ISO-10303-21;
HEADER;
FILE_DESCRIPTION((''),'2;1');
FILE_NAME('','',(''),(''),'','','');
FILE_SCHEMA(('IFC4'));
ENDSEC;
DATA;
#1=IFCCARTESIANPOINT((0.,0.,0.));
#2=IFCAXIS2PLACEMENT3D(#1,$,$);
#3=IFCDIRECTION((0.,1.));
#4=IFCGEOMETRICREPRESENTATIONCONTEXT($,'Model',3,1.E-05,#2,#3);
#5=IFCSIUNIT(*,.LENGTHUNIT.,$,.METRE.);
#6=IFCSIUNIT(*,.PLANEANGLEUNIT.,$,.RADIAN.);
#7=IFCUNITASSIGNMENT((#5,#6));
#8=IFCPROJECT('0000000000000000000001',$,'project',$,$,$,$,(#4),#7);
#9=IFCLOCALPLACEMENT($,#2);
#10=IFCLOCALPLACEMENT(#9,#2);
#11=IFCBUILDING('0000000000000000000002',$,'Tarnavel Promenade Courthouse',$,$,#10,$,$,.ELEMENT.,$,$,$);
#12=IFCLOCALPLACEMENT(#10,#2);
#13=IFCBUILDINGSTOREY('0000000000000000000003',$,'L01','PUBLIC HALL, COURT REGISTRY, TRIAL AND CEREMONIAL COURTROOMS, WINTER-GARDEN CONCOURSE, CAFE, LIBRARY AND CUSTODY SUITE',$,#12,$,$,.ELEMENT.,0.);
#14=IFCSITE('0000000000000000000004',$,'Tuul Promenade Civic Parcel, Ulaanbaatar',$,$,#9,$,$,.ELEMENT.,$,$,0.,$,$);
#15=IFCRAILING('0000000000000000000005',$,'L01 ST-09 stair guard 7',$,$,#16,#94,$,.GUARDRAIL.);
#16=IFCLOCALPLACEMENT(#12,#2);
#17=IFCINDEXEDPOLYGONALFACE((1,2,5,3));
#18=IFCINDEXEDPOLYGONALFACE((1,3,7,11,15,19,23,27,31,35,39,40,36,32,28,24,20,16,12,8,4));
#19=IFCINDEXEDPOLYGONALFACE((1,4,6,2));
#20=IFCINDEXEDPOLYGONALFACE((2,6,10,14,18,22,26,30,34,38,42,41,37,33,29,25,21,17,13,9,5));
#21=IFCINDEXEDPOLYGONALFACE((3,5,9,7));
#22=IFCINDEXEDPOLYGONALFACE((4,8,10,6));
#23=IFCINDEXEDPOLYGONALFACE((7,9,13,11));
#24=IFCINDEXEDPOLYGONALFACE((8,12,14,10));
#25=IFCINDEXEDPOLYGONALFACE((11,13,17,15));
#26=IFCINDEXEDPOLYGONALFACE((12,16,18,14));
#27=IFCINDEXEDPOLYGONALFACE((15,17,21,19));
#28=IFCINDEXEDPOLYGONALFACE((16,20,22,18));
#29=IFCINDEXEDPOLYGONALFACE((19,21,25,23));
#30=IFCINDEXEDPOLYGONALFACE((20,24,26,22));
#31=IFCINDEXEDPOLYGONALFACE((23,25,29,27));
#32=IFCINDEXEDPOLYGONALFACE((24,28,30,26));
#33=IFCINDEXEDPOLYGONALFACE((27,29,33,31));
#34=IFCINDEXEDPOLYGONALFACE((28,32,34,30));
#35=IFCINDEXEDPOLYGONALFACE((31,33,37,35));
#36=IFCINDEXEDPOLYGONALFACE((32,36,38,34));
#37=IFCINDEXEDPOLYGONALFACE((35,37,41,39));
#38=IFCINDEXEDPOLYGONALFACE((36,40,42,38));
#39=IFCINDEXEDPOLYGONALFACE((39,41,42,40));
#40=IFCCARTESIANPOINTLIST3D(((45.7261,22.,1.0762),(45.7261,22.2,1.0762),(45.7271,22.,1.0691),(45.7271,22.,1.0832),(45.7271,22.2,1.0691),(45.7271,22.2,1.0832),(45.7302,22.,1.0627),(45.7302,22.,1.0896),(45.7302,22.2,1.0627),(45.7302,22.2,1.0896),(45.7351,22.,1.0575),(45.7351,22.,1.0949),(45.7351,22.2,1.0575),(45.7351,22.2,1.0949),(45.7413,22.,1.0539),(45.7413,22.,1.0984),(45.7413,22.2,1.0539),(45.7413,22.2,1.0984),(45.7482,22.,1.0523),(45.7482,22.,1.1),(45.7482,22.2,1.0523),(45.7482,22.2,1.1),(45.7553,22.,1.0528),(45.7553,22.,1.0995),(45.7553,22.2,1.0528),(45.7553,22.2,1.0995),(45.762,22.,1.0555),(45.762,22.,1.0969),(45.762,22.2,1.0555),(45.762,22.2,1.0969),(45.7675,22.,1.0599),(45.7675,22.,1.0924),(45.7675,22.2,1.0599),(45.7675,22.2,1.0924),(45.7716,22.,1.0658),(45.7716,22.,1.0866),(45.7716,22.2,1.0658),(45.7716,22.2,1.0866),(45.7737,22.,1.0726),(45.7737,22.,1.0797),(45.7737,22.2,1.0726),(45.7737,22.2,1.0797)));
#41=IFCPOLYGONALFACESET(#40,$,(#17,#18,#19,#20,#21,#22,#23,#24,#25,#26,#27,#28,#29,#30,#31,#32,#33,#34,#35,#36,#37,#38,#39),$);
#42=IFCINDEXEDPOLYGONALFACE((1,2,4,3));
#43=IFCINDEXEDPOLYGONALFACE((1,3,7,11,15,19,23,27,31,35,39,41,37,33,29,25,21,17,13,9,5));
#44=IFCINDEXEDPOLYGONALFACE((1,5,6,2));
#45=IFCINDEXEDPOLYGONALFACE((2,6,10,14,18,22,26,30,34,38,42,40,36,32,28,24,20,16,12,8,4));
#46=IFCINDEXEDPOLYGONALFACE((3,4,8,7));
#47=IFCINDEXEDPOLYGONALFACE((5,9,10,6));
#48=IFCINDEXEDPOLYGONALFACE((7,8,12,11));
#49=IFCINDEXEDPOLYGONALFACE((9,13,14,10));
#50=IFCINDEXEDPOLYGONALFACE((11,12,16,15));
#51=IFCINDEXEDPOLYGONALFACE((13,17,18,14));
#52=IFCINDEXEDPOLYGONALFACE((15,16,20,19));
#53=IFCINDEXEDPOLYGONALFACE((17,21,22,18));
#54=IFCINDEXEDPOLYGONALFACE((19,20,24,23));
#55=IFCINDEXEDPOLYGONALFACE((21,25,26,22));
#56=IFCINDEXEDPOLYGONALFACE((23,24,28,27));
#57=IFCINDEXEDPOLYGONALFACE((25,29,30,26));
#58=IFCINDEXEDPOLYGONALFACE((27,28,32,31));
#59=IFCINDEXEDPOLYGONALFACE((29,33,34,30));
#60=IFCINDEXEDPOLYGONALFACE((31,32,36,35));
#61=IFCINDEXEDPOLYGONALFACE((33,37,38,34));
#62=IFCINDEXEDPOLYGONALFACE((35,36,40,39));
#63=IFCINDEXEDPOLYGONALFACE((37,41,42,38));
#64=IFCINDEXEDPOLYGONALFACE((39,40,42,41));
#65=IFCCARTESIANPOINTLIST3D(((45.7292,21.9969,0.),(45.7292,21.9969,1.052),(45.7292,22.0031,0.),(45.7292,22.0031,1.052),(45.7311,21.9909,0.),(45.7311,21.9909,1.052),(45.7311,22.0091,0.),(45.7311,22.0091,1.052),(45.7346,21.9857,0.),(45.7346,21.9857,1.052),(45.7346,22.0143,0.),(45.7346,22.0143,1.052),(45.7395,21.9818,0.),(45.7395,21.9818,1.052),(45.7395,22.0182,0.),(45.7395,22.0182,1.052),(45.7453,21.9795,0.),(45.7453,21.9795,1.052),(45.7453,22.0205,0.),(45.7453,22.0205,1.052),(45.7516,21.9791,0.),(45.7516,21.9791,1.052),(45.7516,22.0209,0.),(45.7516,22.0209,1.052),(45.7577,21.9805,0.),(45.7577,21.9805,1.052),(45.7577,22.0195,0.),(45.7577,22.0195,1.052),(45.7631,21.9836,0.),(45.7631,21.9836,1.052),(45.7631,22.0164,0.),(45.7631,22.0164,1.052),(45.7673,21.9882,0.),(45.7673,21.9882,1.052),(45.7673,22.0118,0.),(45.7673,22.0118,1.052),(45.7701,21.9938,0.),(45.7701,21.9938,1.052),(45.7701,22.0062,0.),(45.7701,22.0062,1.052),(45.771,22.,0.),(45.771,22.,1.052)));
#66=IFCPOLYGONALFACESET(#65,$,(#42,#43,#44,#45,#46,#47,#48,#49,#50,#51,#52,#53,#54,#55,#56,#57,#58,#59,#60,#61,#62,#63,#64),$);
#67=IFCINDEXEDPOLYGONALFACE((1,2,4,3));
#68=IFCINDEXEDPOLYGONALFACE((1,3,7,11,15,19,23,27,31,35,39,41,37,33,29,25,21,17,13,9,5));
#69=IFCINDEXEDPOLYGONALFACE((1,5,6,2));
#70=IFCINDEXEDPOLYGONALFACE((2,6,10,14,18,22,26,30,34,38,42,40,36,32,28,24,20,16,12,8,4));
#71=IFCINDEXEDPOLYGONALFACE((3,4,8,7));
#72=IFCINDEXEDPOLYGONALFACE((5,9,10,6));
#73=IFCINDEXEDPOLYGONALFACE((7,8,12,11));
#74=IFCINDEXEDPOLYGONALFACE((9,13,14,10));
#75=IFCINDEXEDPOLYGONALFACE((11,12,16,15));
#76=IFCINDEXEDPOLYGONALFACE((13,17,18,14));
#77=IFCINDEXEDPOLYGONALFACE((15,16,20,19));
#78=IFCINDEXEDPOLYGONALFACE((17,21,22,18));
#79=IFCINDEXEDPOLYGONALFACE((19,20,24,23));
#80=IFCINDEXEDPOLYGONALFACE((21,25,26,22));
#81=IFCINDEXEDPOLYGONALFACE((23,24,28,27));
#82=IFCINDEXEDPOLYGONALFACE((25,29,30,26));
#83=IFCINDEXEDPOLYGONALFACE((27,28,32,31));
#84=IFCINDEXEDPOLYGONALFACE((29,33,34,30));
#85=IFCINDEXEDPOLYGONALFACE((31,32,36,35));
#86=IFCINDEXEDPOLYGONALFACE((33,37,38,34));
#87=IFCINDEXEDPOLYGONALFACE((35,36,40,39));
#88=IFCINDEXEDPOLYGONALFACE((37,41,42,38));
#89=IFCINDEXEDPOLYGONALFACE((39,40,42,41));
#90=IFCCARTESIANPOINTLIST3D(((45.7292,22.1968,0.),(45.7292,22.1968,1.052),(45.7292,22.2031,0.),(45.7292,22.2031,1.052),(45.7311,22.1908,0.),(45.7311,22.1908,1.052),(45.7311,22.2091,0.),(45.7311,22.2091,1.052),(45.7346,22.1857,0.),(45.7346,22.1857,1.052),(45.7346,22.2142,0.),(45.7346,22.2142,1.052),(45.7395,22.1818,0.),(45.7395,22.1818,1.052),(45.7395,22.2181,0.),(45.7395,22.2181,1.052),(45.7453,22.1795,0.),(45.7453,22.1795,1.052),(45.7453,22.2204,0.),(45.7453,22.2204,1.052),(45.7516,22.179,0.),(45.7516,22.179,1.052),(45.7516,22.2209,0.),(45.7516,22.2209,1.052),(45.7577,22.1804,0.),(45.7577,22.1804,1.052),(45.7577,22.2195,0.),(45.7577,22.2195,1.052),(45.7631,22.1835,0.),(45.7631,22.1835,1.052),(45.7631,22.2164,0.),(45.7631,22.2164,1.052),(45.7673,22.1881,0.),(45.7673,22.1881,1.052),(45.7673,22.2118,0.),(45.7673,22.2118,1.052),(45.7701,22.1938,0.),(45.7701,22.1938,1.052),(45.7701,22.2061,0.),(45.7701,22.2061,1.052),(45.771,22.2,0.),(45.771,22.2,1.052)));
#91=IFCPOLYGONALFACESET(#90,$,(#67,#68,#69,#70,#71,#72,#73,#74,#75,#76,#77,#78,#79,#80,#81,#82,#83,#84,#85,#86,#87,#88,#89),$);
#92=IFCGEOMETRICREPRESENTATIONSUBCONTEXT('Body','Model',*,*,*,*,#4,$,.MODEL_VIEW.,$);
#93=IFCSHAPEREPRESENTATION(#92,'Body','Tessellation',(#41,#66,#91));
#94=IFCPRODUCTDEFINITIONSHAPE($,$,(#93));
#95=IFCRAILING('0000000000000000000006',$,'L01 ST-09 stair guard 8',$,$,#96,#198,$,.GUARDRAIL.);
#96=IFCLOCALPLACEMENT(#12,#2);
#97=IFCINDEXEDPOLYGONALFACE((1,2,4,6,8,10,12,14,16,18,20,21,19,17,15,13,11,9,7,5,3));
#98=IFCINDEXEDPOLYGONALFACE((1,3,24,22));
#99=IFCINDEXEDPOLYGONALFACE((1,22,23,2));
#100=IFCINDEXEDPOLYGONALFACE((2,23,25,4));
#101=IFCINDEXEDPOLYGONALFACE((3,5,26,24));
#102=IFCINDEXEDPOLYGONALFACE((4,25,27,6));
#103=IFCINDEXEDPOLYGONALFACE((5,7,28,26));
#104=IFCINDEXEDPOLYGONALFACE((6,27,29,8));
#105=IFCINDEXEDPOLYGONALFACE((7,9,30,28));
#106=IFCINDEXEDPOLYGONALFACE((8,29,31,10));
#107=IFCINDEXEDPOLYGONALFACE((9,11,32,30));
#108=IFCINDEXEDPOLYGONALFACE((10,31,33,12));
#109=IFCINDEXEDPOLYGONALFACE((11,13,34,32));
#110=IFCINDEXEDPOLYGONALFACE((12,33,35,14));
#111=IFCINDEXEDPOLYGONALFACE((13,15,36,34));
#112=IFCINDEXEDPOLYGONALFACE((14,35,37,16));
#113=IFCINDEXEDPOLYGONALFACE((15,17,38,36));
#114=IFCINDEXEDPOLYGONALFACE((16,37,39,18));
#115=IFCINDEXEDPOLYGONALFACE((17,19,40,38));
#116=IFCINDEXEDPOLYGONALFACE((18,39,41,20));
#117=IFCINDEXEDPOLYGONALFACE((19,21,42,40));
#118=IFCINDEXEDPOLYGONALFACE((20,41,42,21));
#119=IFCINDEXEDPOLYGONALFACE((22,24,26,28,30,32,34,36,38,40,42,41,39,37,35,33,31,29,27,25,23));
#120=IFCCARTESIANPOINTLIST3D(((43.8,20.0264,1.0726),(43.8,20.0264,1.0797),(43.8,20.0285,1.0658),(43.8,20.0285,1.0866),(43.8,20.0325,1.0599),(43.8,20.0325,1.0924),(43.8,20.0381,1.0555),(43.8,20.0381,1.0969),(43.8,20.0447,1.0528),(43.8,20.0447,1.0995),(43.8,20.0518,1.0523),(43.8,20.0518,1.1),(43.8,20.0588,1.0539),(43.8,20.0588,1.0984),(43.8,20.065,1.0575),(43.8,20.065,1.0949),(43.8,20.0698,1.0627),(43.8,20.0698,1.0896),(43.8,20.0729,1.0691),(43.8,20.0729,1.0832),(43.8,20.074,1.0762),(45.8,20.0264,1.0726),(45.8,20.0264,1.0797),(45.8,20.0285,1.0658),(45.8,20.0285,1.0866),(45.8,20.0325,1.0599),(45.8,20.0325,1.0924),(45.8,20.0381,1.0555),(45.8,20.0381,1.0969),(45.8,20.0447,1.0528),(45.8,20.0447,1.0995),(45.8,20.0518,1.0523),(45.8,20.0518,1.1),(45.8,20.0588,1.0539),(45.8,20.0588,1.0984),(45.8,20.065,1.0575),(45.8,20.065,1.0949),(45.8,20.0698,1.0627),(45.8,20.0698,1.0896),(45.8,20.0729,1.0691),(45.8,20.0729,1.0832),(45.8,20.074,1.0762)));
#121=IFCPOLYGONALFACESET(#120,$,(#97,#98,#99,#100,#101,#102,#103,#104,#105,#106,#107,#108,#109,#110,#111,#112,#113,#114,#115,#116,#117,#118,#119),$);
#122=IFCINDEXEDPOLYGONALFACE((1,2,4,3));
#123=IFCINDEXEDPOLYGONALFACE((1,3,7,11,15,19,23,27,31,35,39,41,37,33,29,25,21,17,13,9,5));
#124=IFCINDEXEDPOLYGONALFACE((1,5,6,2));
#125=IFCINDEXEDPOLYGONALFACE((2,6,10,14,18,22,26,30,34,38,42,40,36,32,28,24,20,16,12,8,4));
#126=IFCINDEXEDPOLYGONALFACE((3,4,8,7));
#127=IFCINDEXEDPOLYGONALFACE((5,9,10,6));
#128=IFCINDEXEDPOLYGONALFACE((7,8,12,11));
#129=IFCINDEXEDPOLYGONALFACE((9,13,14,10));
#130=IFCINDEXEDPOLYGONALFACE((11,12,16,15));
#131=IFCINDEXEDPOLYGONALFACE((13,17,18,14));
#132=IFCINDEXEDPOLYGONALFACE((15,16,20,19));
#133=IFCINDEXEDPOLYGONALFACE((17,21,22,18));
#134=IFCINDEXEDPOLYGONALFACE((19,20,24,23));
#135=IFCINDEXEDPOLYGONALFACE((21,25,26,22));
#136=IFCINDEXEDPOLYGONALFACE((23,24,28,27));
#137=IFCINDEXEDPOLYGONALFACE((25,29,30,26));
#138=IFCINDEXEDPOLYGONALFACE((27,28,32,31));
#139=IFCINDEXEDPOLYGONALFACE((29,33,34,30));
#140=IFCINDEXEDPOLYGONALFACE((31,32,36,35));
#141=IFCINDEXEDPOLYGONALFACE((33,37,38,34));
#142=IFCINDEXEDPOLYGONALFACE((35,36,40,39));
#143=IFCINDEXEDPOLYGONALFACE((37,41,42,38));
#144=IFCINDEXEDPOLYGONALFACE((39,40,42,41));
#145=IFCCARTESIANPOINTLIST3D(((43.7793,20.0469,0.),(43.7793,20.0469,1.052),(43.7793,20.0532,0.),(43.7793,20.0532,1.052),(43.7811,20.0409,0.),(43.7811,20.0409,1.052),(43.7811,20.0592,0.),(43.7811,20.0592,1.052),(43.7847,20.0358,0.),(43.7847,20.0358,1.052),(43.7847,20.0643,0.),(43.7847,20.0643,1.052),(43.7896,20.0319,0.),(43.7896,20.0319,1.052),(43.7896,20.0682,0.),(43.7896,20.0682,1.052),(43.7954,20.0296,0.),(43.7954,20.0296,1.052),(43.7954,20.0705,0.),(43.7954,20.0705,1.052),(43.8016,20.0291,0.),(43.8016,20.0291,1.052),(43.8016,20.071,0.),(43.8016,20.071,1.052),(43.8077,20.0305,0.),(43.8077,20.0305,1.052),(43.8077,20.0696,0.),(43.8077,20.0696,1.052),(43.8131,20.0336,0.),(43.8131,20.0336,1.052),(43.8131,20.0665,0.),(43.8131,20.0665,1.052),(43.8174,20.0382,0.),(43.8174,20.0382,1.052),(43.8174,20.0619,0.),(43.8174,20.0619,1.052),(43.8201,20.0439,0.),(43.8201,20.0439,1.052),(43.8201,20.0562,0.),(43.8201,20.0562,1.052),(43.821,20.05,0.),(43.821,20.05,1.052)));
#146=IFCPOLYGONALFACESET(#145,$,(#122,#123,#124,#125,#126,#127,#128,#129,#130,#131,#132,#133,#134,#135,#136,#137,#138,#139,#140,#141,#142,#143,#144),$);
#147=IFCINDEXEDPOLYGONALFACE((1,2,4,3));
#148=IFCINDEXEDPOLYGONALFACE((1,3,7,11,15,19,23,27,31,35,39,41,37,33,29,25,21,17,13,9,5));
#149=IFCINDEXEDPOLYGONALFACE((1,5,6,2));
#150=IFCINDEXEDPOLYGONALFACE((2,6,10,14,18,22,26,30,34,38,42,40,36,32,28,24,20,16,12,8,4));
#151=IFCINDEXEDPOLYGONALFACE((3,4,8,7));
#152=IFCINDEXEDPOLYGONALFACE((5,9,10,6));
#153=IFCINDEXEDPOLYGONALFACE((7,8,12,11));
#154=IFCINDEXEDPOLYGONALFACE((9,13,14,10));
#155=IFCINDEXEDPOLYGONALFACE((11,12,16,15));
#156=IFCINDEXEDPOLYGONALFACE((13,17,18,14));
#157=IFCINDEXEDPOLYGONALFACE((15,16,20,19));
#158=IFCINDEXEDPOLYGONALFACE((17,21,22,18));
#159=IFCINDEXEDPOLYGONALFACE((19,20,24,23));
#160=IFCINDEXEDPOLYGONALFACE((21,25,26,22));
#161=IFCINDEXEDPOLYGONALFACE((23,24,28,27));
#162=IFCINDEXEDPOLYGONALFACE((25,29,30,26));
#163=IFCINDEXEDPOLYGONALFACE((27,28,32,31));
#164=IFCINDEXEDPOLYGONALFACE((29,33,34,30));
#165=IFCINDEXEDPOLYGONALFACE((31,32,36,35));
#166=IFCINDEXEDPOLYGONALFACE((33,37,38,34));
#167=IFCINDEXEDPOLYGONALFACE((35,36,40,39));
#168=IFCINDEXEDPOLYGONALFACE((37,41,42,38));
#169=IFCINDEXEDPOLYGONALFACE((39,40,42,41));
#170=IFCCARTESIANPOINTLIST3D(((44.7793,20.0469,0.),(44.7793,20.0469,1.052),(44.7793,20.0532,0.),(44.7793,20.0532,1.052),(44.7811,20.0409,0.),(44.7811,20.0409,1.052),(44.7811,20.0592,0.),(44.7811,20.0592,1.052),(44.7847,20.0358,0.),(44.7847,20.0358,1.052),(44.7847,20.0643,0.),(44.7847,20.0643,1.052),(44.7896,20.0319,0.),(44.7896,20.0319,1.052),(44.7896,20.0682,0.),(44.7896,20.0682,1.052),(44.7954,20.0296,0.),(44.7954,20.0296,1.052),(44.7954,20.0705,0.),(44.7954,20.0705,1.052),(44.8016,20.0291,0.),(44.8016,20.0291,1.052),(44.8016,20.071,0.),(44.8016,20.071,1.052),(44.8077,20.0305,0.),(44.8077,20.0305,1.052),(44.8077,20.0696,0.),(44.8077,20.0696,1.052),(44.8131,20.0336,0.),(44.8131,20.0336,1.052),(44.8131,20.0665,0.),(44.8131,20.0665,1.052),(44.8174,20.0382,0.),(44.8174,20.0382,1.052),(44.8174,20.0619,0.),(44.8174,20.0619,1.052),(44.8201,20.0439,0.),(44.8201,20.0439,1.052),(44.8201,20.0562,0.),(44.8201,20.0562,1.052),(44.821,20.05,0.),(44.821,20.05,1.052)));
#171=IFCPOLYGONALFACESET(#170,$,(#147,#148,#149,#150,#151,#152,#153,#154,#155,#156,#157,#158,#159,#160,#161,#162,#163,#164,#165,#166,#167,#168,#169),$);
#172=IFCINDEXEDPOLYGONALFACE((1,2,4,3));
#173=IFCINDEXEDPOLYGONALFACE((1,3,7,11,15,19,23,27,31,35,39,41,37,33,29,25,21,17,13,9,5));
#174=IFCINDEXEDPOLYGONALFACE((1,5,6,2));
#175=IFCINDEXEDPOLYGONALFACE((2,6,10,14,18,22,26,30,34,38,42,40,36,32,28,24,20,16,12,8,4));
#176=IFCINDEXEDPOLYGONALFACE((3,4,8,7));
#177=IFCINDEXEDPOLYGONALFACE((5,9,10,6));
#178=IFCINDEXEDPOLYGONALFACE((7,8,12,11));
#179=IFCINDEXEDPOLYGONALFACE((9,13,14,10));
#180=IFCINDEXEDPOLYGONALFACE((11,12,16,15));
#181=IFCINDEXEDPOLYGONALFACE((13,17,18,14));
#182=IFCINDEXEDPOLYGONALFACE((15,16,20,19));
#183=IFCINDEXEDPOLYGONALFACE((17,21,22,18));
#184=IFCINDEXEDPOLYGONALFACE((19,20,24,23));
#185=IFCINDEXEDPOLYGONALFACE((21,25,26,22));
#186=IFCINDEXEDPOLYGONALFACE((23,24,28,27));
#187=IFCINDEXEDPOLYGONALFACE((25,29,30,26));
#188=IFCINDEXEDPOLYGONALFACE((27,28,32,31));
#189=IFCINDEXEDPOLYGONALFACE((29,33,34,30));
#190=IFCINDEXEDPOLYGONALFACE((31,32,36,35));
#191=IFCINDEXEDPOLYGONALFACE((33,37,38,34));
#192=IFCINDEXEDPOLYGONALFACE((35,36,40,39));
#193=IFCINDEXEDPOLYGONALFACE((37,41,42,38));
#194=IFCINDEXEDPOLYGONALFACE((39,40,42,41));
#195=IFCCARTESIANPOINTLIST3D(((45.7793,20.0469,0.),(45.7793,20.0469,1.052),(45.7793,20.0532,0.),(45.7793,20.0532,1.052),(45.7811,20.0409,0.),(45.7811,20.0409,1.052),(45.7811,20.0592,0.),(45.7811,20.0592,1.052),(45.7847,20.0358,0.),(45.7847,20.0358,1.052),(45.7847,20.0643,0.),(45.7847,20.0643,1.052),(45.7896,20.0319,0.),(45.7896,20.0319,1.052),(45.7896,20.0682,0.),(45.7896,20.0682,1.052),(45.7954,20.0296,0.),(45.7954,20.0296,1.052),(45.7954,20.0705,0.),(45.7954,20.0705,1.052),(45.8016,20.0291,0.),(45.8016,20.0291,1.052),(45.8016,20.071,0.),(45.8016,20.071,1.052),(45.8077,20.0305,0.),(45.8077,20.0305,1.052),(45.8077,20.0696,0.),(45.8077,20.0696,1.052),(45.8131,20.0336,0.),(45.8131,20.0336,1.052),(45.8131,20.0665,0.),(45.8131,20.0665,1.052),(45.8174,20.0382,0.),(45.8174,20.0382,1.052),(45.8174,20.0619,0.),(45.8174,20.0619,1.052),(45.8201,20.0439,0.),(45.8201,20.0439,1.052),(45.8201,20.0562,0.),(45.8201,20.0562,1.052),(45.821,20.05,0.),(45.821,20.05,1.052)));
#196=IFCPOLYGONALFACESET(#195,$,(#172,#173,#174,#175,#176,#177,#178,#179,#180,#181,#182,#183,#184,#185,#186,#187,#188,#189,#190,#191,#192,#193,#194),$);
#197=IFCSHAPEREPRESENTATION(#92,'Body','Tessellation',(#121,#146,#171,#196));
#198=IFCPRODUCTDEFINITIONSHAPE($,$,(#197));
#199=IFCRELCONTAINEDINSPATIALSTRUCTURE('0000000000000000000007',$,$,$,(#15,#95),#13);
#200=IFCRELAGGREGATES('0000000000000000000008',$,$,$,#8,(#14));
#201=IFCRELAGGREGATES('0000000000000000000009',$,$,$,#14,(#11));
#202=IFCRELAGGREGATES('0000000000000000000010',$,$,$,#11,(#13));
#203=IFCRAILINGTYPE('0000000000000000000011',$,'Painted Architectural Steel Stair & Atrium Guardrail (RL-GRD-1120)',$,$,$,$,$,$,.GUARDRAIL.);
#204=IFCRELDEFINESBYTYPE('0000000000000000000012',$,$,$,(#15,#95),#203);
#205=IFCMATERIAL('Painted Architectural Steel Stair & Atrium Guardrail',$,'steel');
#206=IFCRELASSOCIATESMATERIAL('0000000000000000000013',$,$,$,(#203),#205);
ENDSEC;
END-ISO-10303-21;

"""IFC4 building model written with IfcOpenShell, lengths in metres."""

from ifc_helpers import new_model, si_unit, direction, frame, origin, origin_2d, place, context, subcontext, project, spatial, circle, extrude, material, type_object, element, save


model = new_model("IFC4")

# Units and contexts
model_context = context("Model", 3, precision=1e-05, world=origin(), true_north=direction((0.0, 1.0)))
body_context = subcontext(model_context, "Body", "Model", "MODEL_VIEW")
ifc_project = project(units=[si_unit("LENGTHUNIT", "METRE"), si_unit("PLANEANGLEUNIT", "RADIAN")], contexts=[model_context])

# Site, building, storey
site_placement = place(None, origin())
site = spatial("IfcSite", under=ifc_project, at=site_placement, Name="Tuul Promenade Civic Parcel, Ulaanbaatar", CompositionType="ELEMENT", RefElevation=0.0)
building_placement = place(site_placement, origin())
building = spatial("IfcBuilding", under=site, at=building_placement, Name="Tarnavel Promenade Courthouse", CompositionType="ELEMENT")
storey_placement = place(building_placement, origin())
storey = spatial("IfcBuildingStorey", under=building, at=storey_placement, Name="L01", Description="PUBLIC HALL, COURT REGISTRY, TRIAL AND CEREMONIAL COURTROOMS, WINTER-GARDEN CONCOURSE, CAFE, LIBRARY AND CUSTODY SUITE", CompositionType="ELEMENT", Elevation=0.0)

# Railings
ifc_material_1 = material(Name="Painted Architectural Steel Stair & Atrium Guardrail", Category="steel")
railing_type_1 = type_object("IfcRailingType", Name="Painted Architectural Steel Stair & Atrium Guardrail (RL-GRD-1120)", PredefinedType="GUARDRAIL", material=ifc_material_1)
railing_1_placement = place(storey_placement, frame((45.75, 22.0, 0.0)))
element("IfcRailing", 1, at=railing_1_placement, inside=storey, type_object=railing_type_1, Name="L01 ST-09 stair guard 7", PredefinedType="GUARDRAIL", context=body_context, shape_type="SweptSolid", body=[
    extrude(circle(Radius=0.0239, at=origin_2d()), frame((0.0, 0.0, 1.0762), z_axis=(0.0, 1.0, 0.0), x_axis=(-1.0, 0.0, 0.0)), (0.0, 0.0, 1.0), 0.2),
    extrude(circle(Radius=0.021, at=origin_2d()), origin(), (0.0, 0.0, 1.0), 1.052),
    extrude(circle(Radius=0.021, at=origin_2d()), frame((0.0, 0.2, 0.0)), (0.0, 0.0, 1.0), 1.052),
])
railing_2_placement = place(storey_placement, frame((43.8, 20.05, 0.0)))
element("IfcRailing", 2, at=railing_2_placement, inside=storey, type_object=railing_type_1, Name="L01 ST-09 stair guard 8", PredefinedType="GUARDRAIL", context=body_context, shape_type="SweptSolid", body=[
    extrude(circle(Radius=0.0239, at=origin_2d()), frame((0.0, 0.0, 1.0762), z_axis=(1.0, 0.0, 0.0), x_axis=(0.0, 1.0, 0.0)), (0.0, 0.0, 1.0), 2.0),
    extrude(circle(Radius=0.021, at=origin_2d()), origin(), (0.0, 0.0, 1.0), 1.052),
    extrude(circle(Radius=0.021, at=origin_2d()), frame((1.0, 0.0, 0.0)), (0.0, 0.0, 1.0), 1.052),
    extrude(circle(Radius=0.021, at=origin_2d()), frame((2.0, 0.0, 0.0)), (0.0, 0.0, 1.0), 1.052),
])

save(model, "model.ifc")
